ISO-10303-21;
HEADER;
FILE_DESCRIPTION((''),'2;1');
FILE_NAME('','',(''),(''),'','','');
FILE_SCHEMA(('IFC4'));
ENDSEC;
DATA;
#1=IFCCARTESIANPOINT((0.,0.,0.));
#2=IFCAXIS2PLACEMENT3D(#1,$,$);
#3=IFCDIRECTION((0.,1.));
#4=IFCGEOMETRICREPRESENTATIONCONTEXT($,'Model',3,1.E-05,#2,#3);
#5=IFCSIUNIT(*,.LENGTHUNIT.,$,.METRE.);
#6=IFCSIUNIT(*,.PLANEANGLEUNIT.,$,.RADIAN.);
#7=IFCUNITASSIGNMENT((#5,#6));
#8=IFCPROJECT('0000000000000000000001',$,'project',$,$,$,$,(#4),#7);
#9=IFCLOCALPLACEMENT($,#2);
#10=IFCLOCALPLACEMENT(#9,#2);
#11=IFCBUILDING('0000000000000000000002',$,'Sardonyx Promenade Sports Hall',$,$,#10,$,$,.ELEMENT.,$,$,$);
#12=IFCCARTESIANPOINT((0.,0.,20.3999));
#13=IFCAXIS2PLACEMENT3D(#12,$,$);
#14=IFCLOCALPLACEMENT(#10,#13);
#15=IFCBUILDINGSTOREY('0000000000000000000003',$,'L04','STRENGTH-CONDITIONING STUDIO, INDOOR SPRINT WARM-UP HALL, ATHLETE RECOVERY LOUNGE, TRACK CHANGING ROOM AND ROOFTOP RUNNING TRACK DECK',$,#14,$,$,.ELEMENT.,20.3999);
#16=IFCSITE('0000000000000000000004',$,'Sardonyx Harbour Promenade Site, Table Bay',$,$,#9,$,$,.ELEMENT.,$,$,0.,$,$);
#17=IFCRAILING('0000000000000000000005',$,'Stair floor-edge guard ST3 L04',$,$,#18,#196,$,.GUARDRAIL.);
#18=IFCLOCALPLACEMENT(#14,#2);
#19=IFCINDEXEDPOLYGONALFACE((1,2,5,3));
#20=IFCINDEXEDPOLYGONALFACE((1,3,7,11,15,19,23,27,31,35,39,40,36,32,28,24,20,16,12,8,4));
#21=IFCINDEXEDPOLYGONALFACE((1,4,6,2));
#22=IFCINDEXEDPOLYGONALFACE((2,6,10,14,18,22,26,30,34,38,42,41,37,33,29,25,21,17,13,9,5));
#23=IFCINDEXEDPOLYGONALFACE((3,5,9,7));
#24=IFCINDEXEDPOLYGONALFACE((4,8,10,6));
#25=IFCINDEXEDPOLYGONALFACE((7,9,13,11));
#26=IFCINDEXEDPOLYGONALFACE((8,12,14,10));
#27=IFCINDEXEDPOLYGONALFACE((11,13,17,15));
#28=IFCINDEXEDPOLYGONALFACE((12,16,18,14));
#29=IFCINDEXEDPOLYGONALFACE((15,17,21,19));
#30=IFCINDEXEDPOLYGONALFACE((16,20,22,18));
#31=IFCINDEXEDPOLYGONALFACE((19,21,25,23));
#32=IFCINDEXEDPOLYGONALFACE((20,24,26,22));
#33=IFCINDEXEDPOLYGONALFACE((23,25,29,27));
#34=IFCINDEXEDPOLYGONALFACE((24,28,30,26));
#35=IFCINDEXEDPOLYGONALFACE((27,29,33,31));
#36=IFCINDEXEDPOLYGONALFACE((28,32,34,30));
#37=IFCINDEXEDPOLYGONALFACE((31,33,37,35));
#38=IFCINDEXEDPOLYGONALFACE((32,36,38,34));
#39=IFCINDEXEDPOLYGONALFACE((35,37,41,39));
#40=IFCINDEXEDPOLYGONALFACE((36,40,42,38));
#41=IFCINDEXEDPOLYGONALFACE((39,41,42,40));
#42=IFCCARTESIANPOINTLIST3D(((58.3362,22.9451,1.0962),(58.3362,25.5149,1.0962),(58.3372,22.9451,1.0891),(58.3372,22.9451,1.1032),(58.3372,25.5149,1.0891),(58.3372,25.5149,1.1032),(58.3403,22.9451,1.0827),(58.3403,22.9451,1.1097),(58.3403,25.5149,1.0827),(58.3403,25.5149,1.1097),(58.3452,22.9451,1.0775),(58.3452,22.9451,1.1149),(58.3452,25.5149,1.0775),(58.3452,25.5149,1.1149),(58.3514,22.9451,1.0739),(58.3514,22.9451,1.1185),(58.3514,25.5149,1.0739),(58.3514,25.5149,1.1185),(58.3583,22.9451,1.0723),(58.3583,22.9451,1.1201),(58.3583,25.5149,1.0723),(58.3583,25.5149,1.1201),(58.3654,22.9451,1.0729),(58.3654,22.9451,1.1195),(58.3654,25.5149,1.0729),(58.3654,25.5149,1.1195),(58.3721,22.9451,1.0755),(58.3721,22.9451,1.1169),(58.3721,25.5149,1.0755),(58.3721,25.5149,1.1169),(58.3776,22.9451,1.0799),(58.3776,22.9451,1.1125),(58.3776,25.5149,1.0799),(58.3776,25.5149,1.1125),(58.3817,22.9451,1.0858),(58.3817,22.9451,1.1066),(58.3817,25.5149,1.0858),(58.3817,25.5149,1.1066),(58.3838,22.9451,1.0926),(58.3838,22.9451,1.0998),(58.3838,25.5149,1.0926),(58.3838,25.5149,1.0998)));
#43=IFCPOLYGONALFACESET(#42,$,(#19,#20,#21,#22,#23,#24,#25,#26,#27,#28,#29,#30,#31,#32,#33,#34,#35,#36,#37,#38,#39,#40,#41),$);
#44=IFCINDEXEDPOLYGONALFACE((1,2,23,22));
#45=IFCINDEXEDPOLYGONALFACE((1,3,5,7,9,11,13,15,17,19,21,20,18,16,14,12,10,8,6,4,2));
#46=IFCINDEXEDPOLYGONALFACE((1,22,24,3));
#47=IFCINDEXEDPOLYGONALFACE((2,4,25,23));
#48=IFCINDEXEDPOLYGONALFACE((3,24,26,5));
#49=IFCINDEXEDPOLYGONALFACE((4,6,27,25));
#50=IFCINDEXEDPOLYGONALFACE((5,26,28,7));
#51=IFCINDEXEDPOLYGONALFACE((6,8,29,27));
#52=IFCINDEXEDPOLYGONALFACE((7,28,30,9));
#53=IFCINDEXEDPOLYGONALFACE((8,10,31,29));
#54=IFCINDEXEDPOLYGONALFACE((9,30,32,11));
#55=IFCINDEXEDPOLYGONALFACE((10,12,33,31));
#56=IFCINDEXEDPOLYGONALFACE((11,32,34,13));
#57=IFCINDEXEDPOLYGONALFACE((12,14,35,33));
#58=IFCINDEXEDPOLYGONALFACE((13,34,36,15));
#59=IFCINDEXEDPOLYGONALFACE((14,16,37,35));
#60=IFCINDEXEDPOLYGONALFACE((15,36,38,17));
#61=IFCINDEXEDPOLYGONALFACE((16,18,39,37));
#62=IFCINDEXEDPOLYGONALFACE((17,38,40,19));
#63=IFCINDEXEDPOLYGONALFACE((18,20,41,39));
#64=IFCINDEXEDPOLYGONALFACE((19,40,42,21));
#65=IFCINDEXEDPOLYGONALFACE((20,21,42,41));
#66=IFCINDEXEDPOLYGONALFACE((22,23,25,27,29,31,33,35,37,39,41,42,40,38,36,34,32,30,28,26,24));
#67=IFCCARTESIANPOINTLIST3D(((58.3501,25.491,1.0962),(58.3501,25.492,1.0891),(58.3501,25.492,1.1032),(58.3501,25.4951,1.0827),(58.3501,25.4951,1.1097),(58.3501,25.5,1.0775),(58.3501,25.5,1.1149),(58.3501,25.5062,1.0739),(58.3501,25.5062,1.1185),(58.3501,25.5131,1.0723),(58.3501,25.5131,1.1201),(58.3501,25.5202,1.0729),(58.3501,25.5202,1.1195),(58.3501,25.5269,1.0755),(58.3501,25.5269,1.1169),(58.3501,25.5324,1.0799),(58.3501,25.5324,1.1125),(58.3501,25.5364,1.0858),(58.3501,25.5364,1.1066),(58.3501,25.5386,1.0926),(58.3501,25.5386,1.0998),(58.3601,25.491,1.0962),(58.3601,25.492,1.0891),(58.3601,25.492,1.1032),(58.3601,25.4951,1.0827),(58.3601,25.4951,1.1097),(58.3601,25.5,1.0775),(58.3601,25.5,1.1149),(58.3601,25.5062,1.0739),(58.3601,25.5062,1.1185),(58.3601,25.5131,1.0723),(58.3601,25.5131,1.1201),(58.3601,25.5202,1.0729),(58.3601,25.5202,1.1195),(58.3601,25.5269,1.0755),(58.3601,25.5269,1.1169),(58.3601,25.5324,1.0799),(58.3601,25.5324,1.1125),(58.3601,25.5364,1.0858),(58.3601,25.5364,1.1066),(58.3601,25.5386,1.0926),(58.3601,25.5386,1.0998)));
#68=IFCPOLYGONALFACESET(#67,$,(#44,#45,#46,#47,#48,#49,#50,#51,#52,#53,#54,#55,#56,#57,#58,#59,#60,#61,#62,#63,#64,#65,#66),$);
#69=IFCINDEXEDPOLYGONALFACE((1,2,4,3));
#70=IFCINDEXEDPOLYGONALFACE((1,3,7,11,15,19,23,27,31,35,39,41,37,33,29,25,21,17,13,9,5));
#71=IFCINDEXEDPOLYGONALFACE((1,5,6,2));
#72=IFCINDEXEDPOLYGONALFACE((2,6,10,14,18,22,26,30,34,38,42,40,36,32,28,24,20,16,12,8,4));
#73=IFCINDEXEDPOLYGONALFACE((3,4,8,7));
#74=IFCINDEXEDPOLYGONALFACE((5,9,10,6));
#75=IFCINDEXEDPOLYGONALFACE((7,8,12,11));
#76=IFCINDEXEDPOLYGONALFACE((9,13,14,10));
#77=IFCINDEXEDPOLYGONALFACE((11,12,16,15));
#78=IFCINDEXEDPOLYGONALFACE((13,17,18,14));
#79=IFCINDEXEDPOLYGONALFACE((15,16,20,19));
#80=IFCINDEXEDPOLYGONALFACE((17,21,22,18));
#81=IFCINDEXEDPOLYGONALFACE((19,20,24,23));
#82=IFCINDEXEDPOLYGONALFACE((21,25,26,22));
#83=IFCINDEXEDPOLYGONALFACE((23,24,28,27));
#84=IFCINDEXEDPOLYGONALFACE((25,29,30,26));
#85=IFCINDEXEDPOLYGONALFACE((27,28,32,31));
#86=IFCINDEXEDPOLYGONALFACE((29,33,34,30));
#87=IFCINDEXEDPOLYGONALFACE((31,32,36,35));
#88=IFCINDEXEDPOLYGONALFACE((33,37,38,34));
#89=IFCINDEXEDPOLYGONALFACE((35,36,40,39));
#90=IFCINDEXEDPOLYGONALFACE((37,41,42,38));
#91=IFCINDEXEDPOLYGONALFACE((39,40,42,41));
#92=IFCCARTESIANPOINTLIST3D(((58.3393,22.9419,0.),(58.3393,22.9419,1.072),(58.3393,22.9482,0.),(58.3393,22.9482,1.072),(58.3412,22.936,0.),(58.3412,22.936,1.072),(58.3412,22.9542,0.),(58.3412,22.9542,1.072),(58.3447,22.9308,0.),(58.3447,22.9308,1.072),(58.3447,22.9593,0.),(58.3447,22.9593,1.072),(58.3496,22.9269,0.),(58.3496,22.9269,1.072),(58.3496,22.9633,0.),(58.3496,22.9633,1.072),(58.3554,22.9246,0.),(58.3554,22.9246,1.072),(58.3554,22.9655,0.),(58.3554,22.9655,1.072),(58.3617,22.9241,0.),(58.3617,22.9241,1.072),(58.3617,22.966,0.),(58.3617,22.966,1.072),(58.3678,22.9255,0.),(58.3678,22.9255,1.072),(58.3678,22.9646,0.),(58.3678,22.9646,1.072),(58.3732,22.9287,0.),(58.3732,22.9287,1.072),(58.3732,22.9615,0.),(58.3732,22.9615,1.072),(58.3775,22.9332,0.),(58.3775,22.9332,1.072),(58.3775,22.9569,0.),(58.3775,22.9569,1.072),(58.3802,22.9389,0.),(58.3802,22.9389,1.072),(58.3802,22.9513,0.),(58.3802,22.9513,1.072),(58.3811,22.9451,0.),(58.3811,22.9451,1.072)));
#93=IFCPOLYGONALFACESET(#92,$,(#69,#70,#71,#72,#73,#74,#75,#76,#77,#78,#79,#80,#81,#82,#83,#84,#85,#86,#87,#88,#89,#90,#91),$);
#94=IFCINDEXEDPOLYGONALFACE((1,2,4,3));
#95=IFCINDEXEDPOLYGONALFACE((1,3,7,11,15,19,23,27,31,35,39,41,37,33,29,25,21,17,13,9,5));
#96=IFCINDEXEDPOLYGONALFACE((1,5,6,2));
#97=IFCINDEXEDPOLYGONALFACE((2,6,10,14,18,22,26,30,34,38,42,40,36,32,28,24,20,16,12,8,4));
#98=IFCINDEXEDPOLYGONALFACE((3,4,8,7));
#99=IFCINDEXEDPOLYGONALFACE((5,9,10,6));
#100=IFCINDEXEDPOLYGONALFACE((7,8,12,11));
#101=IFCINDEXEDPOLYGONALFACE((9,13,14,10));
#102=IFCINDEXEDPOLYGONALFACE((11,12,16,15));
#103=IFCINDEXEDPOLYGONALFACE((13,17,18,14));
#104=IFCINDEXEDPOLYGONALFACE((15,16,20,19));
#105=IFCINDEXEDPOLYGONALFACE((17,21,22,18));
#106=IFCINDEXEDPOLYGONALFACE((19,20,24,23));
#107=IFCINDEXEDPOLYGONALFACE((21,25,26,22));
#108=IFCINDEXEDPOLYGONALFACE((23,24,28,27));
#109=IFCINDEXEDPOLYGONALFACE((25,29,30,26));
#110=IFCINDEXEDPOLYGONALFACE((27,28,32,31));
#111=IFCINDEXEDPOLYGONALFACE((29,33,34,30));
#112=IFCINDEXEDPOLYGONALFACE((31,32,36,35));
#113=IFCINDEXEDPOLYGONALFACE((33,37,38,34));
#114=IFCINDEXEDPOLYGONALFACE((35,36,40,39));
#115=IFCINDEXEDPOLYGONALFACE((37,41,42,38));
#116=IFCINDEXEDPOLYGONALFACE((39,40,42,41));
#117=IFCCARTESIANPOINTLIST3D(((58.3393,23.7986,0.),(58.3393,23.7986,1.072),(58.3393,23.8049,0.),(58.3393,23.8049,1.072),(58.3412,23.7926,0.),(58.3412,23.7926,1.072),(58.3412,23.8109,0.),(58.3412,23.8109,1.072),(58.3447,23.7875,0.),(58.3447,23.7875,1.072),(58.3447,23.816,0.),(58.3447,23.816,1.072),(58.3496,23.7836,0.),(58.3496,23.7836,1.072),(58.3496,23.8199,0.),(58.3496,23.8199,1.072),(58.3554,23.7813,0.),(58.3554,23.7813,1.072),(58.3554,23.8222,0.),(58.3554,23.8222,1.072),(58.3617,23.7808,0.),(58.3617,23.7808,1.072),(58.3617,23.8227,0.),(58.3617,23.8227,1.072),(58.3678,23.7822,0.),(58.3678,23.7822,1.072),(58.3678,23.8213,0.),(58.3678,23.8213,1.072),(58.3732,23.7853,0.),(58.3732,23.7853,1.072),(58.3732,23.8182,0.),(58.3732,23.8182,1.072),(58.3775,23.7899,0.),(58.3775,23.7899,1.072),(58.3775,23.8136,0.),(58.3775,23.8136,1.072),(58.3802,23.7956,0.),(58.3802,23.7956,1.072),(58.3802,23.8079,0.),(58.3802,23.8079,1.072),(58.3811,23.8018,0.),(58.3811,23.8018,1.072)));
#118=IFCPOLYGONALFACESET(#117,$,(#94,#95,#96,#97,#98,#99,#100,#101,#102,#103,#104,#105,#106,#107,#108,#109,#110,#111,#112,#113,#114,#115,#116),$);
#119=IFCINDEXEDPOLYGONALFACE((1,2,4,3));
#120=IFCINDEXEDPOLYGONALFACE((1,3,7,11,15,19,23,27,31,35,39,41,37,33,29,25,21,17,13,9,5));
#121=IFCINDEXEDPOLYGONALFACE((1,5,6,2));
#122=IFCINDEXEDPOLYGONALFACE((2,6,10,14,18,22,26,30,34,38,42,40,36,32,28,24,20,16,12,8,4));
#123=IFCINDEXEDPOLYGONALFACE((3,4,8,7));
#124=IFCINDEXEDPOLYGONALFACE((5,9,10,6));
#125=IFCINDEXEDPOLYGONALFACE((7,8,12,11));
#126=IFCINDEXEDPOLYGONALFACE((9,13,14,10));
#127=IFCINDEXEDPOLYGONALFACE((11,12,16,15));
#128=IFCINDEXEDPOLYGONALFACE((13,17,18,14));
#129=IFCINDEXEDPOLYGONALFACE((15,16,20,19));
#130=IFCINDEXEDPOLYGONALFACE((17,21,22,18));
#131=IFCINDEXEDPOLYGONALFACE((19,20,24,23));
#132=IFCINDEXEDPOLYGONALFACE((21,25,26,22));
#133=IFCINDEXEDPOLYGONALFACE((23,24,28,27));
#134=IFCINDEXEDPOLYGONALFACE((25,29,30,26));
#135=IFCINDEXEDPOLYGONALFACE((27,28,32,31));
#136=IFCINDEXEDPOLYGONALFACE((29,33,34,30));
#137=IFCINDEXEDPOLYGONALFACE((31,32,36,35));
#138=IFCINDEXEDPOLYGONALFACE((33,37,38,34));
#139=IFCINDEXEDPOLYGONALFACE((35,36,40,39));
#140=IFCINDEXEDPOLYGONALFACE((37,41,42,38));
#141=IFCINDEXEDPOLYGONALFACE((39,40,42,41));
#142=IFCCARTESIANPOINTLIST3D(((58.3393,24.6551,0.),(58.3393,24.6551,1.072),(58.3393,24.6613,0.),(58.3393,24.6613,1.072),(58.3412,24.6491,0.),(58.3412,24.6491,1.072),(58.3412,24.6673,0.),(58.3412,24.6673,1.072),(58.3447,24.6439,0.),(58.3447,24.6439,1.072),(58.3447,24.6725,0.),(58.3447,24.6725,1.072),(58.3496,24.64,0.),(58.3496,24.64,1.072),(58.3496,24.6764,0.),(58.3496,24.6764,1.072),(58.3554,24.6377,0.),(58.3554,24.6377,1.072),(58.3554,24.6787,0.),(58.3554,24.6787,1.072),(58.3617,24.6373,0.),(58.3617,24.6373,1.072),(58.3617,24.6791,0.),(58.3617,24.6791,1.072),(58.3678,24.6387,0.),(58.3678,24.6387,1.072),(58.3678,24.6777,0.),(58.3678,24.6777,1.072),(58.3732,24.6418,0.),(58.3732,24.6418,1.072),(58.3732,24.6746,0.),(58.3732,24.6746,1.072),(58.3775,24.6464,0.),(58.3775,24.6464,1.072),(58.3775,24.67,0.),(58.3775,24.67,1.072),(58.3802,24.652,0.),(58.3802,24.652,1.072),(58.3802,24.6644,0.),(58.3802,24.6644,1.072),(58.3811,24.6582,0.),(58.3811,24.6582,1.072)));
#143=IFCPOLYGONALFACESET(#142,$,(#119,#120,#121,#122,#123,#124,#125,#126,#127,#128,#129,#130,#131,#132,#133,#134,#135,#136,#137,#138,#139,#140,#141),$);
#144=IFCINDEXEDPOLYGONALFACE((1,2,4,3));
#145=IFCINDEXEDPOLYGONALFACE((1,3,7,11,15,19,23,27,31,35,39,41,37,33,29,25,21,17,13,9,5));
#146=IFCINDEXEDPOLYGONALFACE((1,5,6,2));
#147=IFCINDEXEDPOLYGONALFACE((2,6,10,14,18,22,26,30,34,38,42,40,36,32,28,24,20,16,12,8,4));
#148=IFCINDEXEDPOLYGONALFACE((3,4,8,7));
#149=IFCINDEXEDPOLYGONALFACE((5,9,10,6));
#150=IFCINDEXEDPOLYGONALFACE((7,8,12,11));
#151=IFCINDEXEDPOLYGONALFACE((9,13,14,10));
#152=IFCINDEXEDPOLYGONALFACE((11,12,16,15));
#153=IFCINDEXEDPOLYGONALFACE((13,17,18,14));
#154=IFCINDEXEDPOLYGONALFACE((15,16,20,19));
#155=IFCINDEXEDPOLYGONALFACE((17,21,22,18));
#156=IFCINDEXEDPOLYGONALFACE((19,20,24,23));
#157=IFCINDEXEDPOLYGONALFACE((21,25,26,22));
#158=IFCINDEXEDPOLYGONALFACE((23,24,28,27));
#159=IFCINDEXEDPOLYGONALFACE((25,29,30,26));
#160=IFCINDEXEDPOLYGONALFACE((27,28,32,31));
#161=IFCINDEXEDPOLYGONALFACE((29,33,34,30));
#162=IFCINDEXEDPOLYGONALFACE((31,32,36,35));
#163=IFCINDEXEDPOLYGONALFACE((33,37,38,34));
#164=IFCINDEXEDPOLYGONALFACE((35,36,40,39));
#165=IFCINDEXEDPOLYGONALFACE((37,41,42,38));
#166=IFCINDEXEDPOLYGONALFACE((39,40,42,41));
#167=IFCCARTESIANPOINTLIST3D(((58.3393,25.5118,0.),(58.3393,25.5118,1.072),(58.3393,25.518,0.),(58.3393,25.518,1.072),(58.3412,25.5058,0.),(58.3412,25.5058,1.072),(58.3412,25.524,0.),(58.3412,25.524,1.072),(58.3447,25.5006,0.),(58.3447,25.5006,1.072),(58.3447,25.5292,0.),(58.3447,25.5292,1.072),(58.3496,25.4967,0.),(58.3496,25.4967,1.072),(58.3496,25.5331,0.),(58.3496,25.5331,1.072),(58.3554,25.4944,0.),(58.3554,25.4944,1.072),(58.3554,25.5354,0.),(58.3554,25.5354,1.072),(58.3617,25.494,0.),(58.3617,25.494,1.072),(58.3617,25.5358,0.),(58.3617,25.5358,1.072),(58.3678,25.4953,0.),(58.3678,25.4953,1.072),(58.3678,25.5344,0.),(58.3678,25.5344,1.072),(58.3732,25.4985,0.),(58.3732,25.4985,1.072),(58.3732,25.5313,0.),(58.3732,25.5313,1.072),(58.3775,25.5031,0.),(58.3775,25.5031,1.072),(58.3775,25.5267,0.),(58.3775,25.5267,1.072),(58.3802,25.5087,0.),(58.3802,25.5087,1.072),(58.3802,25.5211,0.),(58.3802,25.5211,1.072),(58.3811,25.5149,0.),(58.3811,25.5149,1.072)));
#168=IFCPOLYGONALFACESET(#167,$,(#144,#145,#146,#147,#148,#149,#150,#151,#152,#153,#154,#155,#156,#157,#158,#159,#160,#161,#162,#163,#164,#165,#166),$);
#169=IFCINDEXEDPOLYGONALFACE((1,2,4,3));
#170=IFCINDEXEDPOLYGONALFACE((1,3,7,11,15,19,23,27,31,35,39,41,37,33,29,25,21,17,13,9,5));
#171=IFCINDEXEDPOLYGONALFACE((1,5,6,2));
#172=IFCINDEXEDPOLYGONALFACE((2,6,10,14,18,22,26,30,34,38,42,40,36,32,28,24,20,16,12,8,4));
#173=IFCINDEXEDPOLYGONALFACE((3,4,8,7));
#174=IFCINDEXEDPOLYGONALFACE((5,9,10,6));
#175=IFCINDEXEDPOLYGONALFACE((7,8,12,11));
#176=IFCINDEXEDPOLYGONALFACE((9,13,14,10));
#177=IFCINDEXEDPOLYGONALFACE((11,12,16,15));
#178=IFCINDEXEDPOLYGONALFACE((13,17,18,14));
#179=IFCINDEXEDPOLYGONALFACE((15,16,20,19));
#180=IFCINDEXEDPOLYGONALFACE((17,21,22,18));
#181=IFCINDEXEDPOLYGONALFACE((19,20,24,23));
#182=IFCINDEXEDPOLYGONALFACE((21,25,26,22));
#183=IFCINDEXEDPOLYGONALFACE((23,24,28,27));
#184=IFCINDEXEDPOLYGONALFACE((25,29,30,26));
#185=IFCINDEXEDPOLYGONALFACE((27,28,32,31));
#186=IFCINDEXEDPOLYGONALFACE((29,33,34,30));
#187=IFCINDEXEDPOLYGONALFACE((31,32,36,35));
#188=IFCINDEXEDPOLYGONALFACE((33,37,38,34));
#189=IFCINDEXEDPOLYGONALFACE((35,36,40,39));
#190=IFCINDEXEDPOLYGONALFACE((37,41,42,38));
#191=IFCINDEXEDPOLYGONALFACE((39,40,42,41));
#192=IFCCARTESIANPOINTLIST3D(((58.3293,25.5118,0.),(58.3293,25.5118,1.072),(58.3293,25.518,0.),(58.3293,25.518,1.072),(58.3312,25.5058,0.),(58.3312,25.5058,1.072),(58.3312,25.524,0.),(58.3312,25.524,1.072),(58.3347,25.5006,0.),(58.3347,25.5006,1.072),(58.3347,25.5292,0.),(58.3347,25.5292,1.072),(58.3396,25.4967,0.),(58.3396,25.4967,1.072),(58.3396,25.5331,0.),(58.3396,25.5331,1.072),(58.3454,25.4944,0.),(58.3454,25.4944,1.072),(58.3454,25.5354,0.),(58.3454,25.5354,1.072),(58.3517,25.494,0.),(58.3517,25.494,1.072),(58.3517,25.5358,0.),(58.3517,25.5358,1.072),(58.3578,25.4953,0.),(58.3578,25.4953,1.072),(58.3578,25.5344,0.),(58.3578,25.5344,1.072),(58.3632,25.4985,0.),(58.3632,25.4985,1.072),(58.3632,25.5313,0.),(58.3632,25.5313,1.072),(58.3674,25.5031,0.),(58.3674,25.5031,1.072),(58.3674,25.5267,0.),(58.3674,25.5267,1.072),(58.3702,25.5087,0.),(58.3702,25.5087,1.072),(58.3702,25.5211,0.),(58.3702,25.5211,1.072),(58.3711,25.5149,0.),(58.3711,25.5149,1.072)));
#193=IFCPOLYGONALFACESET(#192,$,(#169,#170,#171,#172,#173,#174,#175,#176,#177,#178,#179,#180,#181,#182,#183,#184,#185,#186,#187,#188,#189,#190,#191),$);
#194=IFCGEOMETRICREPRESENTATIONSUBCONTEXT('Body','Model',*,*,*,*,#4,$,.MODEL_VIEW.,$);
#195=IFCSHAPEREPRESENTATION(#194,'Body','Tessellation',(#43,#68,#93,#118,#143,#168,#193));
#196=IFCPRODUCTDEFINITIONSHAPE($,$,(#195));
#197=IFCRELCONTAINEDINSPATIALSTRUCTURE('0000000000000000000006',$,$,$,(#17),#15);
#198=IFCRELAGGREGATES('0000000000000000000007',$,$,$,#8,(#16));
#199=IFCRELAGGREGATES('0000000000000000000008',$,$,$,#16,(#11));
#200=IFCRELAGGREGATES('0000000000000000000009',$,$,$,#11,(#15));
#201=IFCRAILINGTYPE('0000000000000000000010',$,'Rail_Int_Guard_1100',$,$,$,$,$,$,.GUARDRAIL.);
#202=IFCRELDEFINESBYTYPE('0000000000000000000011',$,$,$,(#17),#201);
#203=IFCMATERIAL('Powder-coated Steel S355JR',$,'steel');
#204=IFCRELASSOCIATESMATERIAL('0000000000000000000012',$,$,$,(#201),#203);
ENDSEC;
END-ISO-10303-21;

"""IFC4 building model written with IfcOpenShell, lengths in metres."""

from ifc_helpers import new_model, si_unit, direction, frame, origin, origin_2d, place, context, subcontext, project, spatial, circle, extrude, material, type_object, element, save


model = new_model("IFC4")

# Units and contexts
model_context = context("Model", 3, precision=1e-05, world=origin(), true_north=direction((0.0, 1.0)))
body_context = subcontext(model_context, "Body", "Model", "MODEL_VIEW")
ifc_project = project(units=[si_unit("LENGTHUNIT", "METRE"), si_unit("PLANEANGLEUNIT", "RADIAN")], contexts=[model_context])

# Site, building, storey
site_placement = place(None, origin())
site = spatial("IfcSite", under=ifc_project, at=site_placement, Name="Sardonyx Harbour Promenade Site, Table Bay", CompositionType="ELEMENT", RefElevation=0.0)
building_placement = place(site_placement, origin())
building = spatial("IfcBuilding", under=site, at=building_placement, Name="Sardonyx Promenade Sports Hall", CompositionType="ELEMENT")
storey_placement = place(building_placement, frame((0.0, 0.0, 20.3999)))
storey = spatial("IfcBuildingStorey", under=building, at=storey_placement, Name="L04", Description="STRENGTH-CONDITIONING STUDIO, INDOOR SPRINT WARM-UP HALL, ATHLETE RECOVERY LOUNGE, TRACK CHANGING ROOM AND ROOFTOP RUNNING TRACK DECK", CompositionType="ELEMENT", Elevation=20.3999)

# Railing
ifc_material_1 = material(Name="Powder-coated Steel S355JR", Category="steel")
railing_type_1 = type_object("IfcRailingType", Name="Rail_Int_Guard_1100", PredefinedType="GUARDRAIL", material=ifc_material_1)
railing_1_placement = place(storey_placement, frame((58.3601, 22.9451, 0.0)))
element("IfcRailing", 1, at=railing_1_placement, inside=storey, type_object=railing_type_1, Name="Stair floor-edge guard ST3 L04", PredefinedType="GUARDRAIL", context=body_context, shape_type="SweptSolid", body=[
    extrude(circle(Radius=0.0239, at=origin_2d()), frame((0.0, 0.0, 1.0962), z_axis=(0.0, 1.0, 0.0), x_axis=(-1.0, 0.0, 0.0)), (0.0, 0.0, 1.0), 2.5698),
    extrude(circle(Radius=0.0239, at=origin_2d()), frame((0.0, 2.5698, 1.0962), z_axis=(-1.0, 0.0, 0.0), x_axis=(0.0, -1.0, 0.0)), (0.0, 0.0, 1.0), 0.01),
    extrude(circle(Radius=0.021, at=origin_2d()), origin(), (0.0, 0.0, 1.0), 1.072),
    extrude(circle(Radius=0.021, at=origin_2d()), frame((0.0, 0.8567, 0.0)), (0.0, 0.0, 1.0), 1.072),
    extrude(circle(Radius=0.021, at=origin_2d()), frame((0.0, 1.7131, 0.0)), (0.0, 0.0, 1.0), 1.072),
    extrude(circle(Radius=0.021, at=origin_2d()), frame((0.0, 2.5698, 0.0)), (0.0, 0.0, 1.0), 1.072),
    extrude(circle(Radius=0.021, at=origin_2d()), frame((-0.01, 2.5698, 0.0)), (0.0, 0.0, 1.0), 1.072),
])

save(model, "model.ifc")
